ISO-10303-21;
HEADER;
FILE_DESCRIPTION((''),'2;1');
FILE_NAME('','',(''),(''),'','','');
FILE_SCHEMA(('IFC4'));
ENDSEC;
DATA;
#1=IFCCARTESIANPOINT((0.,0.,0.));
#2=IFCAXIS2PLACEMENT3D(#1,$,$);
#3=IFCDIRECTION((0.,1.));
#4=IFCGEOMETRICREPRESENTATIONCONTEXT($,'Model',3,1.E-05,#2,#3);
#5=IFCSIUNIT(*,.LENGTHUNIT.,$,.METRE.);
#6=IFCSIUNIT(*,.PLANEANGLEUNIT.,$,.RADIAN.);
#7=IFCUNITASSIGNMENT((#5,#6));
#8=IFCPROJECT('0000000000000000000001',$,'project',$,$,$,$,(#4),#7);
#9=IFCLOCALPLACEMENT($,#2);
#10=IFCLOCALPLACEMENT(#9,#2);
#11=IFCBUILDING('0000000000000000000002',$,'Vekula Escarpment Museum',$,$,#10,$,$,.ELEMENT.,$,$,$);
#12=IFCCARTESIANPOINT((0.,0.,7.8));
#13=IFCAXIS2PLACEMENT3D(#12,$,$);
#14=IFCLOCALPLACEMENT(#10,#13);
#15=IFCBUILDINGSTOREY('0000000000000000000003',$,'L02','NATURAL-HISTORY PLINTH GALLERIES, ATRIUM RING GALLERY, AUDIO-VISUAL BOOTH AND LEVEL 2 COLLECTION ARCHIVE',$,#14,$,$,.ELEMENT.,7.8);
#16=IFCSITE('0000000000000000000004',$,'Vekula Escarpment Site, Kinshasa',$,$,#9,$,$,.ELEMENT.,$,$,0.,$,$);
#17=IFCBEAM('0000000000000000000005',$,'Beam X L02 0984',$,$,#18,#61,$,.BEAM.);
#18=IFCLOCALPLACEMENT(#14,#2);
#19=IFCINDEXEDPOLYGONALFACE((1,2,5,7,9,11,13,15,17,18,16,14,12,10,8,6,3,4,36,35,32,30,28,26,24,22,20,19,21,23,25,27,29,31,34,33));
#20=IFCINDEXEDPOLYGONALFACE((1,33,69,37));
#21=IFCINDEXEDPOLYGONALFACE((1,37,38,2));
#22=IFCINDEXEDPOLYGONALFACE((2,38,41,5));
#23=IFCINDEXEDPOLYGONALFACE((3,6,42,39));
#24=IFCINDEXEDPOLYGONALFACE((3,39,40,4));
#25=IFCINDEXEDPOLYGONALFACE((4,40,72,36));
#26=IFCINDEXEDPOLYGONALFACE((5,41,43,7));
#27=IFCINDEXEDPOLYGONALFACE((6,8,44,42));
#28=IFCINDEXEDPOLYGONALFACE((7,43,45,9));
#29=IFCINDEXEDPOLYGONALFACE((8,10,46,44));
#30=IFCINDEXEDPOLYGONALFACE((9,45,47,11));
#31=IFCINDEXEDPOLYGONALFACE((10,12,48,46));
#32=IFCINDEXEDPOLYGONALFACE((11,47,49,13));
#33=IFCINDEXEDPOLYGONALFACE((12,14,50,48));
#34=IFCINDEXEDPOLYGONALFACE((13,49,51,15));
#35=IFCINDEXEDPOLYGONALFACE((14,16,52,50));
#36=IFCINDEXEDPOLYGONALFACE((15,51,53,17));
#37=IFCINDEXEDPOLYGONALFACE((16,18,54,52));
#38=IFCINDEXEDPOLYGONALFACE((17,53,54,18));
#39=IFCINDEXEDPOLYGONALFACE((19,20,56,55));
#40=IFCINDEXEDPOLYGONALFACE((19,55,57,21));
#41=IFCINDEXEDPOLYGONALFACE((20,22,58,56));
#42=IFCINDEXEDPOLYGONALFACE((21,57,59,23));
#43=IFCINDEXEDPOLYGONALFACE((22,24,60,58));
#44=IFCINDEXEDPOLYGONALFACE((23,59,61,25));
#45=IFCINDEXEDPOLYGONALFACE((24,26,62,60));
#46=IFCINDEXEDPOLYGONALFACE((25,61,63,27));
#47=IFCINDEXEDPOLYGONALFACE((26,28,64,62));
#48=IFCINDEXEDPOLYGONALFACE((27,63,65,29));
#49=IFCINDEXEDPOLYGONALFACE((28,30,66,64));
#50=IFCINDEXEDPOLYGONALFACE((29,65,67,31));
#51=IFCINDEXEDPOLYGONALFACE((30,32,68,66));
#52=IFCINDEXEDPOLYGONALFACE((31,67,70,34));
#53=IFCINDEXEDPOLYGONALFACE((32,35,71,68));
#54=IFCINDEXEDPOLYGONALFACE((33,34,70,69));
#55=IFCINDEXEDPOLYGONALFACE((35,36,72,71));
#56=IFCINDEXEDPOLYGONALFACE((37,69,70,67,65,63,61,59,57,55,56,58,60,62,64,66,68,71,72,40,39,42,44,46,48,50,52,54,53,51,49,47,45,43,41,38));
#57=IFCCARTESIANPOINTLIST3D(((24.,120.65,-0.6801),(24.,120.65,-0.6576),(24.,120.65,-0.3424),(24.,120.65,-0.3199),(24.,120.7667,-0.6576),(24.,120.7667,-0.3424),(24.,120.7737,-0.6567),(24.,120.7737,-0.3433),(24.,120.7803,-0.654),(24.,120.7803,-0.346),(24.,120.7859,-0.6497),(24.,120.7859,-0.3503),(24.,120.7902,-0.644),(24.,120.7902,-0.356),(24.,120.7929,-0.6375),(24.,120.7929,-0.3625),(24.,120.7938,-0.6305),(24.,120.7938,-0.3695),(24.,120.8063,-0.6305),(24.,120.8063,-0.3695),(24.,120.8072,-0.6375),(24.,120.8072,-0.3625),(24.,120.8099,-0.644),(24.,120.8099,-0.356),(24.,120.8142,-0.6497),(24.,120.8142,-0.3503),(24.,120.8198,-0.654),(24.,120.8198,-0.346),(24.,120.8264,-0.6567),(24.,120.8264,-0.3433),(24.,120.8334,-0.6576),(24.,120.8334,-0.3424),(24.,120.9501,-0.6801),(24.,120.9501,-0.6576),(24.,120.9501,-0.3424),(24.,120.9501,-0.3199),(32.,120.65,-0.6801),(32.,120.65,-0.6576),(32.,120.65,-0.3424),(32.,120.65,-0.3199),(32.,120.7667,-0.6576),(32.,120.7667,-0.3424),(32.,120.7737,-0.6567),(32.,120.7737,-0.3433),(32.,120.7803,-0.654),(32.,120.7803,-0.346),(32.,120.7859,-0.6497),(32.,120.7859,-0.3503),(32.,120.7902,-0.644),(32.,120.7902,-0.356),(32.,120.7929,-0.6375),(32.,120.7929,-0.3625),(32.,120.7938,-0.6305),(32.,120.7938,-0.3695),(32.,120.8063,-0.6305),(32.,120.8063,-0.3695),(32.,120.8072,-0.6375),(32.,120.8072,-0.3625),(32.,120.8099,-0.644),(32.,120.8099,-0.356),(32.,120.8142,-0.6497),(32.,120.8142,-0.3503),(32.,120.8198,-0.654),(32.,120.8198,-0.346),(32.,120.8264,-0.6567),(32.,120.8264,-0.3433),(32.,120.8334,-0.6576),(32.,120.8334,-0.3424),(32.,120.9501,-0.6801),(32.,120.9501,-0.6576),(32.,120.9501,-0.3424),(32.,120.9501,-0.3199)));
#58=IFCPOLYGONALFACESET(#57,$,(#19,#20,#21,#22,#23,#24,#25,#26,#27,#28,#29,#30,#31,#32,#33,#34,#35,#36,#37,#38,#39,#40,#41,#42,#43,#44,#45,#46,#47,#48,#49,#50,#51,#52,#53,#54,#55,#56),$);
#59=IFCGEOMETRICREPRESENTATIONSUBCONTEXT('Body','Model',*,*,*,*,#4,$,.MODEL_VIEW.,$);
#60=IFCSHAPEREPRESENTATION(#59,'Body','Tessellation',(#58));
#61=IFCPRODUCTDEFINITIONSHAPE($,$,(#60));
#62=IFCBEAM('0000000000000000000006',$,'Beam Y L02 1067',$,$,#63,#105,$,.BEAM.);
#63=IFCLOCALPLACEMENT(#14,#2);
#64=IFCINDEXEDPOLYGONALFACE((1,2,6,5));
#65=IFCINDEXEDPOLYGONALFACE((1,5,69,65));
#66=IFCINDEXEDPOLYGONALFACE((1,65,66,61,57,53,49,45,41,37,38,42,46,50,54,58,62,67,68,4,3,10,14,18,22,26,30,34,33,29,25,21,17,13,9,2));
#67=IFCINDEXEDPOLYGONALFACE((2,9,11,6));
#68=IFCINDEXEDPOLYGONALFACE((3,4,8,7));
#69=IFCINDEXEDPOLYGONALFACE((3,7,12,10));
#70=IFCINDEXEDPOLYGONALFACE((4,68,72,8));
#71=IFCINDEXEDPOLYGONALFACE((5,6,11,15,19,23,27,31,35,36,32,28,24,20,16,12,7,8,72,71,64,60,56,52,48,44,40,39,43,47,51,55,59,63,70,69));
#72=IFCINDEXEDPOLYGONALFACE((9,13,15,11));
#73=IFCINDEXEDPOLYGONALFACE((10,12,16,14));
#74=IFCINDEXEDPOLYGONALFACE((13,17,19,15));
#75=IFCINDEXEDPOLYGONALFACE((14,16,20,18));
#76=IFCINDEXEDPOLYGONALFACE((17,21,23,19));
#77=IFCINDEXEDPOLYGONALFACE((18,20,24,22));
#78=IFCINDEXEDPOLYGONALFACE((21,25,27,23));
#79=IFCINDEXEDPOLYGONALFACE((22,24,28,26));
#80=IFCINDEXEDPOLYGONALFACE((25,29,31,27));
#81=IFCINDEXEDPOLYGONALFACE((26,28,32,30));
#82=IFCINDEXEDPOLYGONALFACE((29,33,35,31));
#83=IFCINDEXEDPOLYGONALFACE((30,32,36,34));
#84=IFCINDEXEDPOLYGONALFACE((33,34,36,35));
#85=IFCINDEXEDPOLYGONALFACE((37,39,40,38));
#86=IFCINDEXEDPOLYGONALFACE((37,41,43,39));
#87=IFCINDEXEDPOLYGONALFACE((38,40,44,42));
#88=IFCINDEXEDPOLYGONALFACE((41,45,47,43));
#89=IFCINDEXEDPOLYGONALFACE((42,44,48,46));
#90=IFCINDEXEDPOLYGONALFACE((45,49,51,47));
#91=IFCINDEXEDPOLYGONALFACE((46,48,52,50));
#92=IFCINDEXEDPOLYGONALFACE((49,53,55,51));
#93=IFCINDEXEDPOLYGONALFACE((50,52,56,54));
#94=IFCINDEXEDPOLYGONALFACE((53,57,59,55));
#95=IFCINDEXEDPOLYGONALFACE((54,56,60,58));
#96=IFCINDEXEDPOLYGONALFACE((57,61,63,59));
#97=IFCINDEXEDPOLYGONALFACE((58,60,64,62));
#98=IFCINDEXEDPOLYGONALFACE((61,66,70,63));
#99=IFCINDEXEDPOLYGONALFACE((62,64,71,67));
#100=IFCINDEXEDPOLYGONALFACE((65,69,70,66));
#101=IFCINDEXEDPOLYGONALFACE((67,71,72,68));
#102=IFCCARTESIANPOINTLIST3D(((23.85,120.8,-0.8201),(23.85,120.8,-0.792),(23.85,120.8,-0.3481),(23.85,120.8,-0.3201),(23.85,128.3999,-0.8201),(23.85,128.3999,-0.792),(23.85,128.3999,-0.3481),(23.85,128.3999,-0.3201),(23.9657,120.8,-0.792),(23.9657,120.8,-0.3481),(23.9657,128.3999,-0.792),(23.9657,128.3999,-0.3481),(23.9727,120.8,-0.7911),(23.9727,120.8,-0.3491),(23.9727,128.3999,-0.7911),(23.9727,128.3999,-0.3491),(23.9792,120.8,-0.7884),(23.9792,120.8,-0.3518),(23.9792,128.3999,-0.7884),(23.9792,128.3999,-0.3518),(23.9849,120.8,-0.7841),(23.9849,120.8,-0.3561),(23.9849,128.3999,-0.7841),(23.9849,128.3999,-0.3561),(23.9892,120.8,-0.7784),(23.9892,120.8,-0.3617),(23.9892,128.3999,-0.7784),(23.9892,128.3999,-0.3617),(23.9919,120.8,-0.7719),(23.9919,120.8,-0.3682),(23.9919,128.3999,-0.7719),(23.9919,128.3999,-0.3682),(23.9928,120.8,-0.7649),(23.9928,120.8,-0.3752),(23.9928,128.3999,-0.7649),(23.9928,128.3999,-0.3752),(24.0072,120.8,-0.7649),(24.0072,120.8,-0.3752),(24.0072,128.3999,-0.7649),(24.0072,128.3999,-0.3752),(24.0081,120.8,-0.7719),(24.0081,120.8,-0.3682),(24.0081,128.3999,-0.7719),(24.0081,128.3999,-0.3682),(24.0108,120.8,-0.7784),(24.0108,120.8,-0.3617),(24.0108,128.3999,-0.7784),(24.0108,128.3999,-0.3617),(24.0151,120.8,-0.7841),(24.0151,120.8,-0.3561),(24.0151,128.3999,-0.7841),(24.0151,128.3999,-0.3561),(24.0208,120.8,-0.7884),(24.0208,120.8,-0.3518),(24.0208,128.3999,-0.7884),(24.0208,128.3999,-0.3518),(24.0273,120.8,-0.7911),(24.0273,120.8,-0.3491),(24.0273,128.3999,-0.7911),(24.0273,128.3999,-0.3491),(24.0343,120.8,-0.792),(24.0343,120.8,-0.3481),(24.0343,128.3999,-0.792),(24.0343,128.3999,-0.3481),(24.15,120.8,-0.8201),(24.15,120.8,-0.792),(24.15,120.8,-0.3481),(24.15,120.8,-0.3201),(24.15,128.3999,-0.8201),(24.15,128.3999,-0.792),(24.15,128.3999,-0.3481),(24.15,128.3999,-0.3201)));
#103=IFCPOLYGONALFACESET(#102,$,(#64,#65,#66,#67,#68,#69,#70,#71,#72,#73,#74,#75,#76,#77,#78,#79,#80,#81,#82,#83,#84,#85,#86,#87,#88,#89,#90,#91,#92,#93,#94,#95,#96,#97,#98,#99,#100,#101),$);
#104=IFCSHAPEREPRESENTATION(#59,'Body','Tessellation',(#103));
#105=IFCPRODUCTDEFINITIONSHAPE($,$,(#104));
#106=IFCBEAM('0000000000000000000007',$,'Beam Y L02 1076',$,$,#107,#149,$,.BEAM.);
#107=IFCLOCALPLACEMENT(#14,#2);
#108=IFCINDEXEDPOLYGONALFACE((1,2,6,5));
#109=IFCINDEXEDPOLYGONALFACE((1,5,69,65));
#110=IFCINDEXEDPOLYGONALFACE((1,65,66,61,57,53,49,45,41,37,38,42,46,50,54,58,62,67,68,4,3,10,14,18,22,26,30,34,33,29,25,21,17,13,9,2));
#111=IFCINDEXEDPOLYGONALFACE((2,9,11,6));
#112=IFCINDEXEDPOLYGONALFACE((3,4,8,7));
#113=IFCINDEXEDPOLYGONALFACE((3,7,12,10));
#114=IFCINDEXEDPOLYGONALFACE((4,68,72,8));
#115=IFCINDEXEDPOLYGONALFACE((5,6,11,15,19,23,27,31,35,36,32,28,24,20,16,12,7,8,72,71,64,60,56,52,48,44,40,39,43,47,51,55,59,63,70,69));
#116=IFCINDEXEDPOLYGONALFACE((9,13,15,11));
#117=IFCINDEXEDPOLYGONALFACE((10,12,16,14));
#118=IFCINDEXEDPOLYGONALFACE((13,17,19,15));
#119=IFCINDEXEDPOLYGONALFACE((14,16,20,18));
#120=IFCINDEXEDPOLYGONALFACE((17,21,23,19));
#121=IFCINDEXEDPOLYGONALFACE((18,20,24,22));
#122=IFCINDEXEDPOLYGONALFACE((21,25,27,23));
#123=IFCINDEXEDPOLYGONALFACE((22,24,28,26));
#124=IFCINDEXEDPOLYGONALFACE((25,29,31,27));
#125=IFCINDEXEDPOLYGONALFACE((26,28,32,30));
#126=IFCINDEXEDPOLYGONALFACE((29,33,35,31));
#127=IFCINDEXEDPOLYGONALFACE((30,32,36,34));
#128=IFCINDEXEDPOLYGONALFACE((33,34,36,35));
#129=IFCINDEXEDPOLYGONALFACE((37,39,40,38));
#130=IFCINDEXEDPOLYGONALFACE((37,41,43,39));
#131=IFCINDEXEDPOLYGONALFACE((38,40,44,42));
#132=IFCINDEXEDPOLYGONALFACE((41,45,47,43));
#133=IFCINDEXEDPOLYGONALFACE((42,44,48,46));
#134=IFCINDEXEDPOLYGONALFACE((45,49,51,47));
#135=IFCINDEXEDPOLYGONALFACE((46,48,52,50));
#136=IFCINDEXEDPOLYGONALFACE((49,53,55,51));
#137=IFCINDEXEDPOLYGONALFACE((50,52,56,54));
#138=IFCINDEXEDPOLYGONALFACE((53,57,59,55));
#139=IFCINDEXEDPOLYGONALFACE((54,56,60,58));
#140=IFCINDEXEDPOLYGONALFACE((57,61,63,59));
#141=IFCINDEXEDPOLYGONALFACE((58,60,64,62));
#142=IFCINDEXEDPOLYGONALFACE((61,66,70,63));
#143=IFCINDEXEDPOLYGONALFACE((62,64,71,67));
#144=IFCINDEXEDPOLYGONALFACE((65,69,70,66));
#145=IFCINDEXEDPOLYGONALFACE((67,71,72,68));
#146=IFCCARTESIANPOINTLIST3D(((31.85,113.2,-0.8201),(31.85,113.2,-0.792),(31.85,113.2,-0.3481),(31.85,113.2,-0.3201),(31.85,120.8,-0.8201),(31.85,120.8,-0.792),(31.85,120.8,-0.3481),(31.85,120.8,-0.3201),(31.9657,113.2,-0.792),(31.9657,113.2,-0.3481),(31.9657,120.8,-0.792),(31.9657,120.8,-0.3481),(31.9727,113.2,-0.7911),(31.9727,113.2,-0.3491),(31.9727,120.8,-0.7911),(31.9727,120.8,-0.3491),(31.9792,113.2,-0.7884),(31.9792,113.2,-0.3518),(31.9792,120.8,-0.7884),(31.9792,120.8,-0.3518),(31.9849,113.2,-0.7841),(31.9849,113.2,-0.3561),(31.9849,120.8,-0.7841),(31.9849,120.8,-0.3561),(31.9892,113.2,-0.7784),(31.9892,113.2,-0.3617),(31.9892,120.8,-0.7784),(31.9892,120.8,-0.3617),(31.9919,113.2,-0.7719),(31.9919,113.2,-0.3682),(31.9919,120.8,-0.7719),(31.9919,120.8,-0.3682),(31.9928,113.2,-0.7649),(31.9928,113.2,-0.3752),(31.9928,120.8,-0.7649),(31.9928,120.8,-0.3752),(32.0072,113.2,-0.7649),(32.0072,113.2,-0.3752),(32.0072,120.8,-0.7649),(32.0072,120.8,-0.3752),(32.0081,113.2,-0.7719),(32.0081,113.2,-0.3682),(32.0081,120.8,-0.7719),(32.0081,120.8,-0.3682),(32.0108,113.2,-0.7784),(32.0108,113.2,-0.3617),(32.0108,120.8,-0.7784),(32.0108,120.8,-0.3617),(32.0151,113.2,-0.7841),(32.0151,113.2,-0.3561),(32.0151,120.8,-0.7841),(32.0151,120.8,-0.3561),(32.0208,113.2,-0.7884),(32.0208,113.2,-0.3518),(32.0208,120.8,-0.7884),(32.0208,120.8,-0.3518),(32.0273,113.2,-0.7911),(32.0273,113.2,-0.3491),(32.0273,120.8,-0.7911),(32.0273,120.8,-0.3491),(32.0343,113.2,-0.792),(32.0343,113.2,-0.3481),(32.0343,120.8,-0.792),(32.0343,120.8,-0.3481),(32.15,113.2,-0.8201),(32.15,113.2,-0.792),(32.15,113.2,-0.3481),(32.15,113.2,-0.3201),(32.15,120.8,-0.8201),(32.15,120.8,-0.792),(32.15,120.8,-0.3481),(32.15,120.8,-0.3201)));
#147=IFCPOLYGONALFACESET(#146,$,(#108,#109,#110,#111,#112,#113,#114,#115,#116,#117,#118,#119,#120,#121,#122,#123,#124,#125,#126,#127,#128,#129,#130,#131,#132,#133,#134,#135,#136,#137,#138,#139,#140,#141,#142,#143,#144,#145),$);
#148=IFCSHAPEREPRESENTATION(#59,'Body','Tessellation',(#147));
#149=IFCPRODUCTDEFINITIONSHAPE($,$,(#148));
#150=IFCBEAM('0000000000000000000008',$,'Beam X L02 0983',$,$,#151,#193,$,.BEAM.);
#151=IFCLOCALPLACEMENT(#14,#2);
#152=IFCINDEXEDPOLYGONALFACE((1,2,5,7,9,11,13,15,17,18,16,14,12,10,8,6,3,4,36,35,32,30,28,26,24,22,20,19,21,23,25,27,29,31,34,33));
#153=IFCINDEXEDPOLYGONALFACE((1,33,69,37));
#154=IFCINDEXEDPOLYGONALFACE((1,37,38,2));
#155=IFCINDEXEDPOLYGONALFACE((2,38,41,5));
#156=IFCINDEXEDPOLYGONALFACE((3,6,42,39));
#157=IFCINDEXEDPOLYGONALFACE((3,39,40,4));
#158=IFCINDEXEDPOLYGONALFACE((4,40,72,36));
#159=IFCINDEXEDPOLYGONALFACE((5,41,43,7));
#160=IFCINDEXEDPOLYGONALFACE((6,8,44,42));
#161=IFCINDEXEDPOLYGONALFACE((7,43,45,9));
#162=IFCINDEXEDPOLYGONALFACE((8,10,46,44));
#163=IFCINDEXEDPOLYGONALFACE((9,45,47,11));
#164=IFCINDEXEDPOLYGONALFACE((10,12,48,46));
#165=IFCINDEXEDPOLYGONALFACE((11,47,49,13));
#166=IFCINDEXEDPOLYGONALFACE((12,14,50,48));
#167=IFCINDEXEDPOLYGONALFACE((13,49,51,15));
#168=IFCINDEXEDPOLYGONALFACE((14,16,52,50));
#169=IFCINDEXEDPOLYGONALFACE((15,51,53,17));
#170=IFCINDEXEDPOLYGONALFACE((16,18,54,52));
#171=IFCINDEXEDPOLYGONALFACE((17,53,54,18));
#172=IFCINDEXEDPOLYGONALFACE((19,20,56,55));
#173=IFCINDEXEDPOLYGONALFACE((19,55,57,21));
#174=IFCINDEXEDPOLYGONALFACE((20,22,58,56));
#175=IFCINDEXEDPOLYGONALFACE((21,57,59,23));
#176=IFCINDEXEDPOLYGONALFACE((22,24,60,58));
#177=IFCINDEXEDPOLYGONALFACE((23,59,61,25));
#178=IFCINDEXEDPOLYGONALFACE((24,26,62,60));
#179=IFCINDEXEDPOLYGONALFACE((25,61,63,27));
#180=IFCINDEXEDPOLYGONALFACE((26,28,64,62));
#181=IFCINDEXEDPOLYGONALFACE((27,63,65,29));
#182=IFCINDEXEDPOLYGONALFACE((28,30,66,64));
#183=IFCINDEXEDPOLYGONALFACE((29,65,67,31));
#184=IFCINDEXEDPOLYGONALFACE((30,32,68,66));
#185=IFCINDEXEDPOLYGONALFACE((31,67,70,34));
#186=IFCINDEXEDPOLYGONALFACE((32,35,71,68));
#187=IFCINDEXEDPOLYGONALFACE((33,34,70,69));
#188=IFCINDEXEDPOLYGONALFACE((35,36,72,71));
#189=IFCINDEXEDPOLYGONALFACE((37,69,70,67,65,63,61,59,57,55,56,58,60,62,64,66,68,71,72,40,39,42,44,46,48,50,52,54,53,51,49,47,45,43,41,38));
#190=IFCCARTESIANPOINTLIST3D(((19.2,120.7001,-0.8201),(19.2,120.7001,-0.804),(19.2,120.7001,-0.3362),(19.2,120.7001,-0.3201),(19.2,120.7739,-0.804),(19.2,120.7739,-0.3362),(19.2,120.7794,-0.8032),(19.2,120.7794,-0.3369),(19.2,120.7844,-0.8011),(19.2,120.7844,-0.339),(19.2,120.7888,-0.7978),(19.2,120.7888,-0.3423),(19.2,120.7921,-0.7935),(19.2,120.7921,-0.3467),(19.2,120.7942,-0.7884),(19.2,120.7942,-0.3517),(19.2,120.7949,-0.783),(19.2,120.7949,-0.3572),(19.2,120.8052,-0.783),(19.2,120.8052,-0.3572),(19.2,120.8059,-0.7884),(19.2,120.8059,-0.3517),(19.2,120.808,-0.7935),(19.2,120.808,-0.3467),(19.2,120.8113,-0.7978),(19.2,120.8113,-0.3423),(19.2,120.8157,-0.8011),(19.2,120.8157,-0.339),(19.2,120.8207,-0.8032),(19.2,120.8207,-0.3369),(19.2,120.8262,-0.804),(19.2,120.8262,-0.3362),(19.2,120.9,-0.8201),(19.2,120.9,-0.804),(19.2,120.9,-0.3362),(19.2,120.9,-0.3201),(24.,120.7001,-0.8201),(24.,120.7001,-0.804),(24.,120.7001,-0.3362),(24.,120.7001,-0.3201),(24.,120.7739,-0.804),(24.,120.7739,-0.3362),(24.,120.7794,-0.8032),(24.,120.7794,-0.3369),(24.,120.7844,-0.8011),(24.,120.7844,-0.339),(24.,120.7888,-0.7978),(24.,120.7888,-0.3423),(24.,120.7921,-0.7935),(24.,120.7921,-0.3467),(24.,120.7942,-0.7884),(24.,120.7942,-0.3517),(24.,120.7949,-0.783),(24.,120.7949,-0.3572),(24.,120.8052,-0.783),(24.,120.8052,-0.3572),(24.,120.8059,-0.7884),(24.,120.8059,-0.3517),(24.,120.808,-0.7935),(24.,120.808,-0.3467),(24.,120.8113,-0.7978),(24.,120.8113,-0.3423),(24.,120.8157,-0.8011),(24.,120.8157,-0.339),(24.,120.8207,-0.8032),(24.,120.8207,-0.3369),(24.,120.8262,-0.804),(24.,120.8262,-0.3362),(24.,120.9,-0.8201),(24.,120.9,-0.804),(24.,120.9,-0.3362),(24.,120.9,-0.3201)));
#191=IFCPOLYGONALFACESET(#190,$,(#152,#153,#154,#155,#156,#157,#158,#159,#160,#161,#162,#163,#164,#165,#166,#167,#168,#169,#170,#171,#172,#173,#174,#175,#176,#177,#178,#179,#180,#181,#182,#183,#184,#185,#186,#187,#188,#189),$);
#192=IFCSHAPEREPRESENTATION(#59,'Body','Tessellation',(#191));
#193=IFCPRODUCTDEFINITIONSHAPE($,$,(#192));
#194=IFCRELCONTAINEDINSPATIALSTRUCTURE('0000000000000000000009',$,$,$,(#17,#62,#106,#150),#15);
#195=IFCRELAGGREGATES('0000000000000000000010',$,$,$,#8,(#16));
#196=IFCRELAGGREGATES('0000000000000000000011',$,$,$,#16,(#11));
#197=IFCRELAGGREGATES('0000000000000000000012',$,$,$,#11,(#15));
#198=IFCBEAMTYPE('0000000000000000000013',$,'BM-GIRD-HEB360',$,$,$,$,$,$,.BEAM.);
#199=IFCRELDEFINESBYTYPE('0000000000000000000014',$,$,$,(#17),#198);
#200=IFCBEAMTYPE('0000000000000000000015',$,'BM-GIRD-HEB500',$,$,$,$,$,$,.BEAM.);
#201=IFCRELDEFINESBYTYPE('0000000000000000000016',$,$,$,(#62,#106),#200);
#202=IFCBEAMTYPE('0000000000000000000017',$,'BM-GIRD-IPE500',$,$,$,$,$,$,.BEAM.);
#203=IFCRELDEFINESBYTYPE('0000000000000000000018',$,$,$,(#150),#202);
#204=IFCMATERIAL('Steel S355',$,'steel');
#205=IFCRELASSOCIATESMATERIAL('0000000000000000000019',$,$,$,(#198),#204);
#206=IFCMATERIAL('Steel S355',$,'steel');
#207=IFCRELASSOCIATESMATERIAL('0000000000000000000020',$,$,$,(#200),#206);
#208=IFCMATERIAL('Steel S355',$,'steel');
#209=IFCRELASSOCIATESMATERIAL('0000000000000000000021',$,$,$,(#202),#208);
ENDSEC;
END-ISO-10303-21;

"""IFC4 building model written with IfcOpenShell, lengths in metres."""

from ifc_helpers import new_model, si_unit, direction, frame, origin, origin_2d, place, context, subcontext, project, spatial, i_section, extrude, material, material_profile, profile_set, type_object, element, save


model = new_model("IFC4")

# Units and contexts
model_context = context("Model", 3, precision=1e-05, world=origin(), true_north=direction((0.0, 1.0)))
body_context = subcontext(model_context, "Body", "Model", "MODEL_VIEW")
ifc_project = project(units=[si_unit("LENGTHUNIT", "METRE"), si_unit("PLANEANGLEUNIT", "RADIAN")], contexts=[model_context])

# Site, building, storey
site_placement = place(None, origin())
site = spatial("IfcSite", under=ifc_project, at=site_placement, Name="Vekula Escarpment Site, Kinshasa", CompositionType="ELEMENT", RefElevation=0.0)
building_placement = place(site_placement, origin())
building = spatial("IfcBuilding", under=site, at=building_placement, Name="Vekula Escarpment Museum", CompositionType="ELEMENT")
storey_placement = place(building_placement, frame((0.0, 0.0, 7.8)))
storey = spatial("IfcBuildingStorey", under=building, at=storey_placement, Name="L02", Description="NATURAL-HISTORY PLINTH GALLERIES, ATRIUM RING GALLERY, AUDIO-VISUAL BOOTH AND LEVEL 2 COLLECTION ARCHIVE", CompositionType="ELEMENT", Elevation=7.8)

# Beams
ifc_material_1 = material(Name="Steel S355", Category="steel")
ifc_material_profile_1 = material_profile(ifc_material_1, i_section(OverallWidth=0.3, OverallDepth=0.3601, WebThickness=0.0125, FlangeThickness=0.0225, FilletRadius=0.0271, at=origin_2d()), Name="HEB 360")
ifc_profile_set_1 = profile_set([ifc_material_profile_1], Name="Steel S355")
beam_type_1 = type_object("IfcBeamType", Name="BM-GIRD-HEB360", PredefinedType="BEAM", material=ifc_profile_set_1)
beam_1_placement = place(storey_placement, frame((24.0, 120.8, -0.5), z_axis=(1.0, 0.0, 0.0), x_axis=(0.0, 1.0, 0.0)))
element("IfcBeam", 1, at=beam_1_placement, inside=storey, type_object=beam_type_1, Name="Beam X L02 0984", PredefinedType="BEAM", context=body_context, shape_type="SweptSolid", body=[
    extrude(i_section(OverallWidth=0.3, OverallDepth=0.3601, WebThickness=0.0125, FlangeThickness=0.0225, FilletRadius=0.0271, at=origin_2d()), origin(), (0.0, 0.0, 1.0), 8.0),
])
ifc_material_2 = material(Name="Steel S355", Category="steel")
ifc_material_profile_2 = material_profile(ifc_material_2, i_section(OverallWidth=0.3, OverallDepth=0.5, WebThickness=0.0144, FlangeThickness=0.0281, FilletRadius=0.0271, at=origin_2d()), Name="HEB 500")
ifc_profile_set_2 = profile_set([ifc_material_profile_2], Name="Steel S355")
beam_type_2 = type_object("IfcBeamType", Name="BM-GIRD-HEB500", PredefinedType="BEAM", material=ifc_profile_set_2)
beam_2_placement = place(storey_placement, frame((24.0, 120.8, -0.5701), z_axis=(0.0, 1.0, 0.0), x_axis=(-1.0, 0.0, 0.0)))
element("IfcBeam", 2, at=beam_2_placement, inside=storey, type_object=beam_type_2, Name="Beam Y L02 1067", PredefinedType="BEAM", context=body_context, shape_type="SweptSolid", body=[
    extrude(i_section(OverallWidth=0.3, OverallDepth=0.5, WebThickness=0.0144, FlangeThickness=0.0281, FilletRadius=0.0271, at=origin_2d()), origin(), (0.0, 0.0, 1.0), 7.5999),
])
beam_3_placement = place(storey_placement, frame((32.0, 113.2, -0.5701), z_axis=(0.0, 1.0, 0.0), x_axis=(-1.0, 0.0, 0.0)))
element("IfcBeam", 3, at=beam_3_placement, inside=storey, type_object=beam_type_2, Name="Beam Y L02 1076", PredefinedType="BEAM", context=body_context, shape_type="SweptSolid", body=[
    extrude(i_section(OverallWidth=0.3, OverallDepth=0.5, WebThickness=0.0144, FlangeThickness=0.0281, FilletRadius=0.0271, at=origin_2d()), origin(), (0.0, 0.0, 1.0), 7.6001),
])
ifc_material_3 = material(Name="Steel S355", Category="steel")
ifc_material_profile_3 = material_profile(ifc_material_3, i_section(OverallWidth=0.2, OverallDepth=0.5, WebThickness=0.0103, FlangeThickness=0.0161, FilletRadius=0.021, at=origin_2d()), Name="IPE 500")
ifc_profile_set_3 = profile_set([ifc_material_profile_3], Name="Steel S355")
beam_type_3 = type_object("IfcBeamType", Name="BM-GIRD-IPE500", PredefinedType="BEAM", material=ifc_profile_set_3)
beam_4_placement = place(storey_placement, frame((19.2, 120.8, -0.5701), z_axis=(1.0, 0.0, 0.0), x_axis=(0.0, 1.0, 0.0)))
element("IfcBeam", 4, at=beam_4_placement, inside=storey, type_object=beam_type_3, Name="Beam X L02 0983", PredefinedType="BEAM", context=body_context, shape_type="SweptSolid", body=[
    extrude(i_section(OverallWidth=0.2, OverallDepth=0.5, WebThickness=0.0103, FlangeThickness=0.0161, FilletRadius=0.021, at=origin_2d()), origin(), (0.0, 0.0, 1.0), 4.8),
])

save(model, "model.ifc")
